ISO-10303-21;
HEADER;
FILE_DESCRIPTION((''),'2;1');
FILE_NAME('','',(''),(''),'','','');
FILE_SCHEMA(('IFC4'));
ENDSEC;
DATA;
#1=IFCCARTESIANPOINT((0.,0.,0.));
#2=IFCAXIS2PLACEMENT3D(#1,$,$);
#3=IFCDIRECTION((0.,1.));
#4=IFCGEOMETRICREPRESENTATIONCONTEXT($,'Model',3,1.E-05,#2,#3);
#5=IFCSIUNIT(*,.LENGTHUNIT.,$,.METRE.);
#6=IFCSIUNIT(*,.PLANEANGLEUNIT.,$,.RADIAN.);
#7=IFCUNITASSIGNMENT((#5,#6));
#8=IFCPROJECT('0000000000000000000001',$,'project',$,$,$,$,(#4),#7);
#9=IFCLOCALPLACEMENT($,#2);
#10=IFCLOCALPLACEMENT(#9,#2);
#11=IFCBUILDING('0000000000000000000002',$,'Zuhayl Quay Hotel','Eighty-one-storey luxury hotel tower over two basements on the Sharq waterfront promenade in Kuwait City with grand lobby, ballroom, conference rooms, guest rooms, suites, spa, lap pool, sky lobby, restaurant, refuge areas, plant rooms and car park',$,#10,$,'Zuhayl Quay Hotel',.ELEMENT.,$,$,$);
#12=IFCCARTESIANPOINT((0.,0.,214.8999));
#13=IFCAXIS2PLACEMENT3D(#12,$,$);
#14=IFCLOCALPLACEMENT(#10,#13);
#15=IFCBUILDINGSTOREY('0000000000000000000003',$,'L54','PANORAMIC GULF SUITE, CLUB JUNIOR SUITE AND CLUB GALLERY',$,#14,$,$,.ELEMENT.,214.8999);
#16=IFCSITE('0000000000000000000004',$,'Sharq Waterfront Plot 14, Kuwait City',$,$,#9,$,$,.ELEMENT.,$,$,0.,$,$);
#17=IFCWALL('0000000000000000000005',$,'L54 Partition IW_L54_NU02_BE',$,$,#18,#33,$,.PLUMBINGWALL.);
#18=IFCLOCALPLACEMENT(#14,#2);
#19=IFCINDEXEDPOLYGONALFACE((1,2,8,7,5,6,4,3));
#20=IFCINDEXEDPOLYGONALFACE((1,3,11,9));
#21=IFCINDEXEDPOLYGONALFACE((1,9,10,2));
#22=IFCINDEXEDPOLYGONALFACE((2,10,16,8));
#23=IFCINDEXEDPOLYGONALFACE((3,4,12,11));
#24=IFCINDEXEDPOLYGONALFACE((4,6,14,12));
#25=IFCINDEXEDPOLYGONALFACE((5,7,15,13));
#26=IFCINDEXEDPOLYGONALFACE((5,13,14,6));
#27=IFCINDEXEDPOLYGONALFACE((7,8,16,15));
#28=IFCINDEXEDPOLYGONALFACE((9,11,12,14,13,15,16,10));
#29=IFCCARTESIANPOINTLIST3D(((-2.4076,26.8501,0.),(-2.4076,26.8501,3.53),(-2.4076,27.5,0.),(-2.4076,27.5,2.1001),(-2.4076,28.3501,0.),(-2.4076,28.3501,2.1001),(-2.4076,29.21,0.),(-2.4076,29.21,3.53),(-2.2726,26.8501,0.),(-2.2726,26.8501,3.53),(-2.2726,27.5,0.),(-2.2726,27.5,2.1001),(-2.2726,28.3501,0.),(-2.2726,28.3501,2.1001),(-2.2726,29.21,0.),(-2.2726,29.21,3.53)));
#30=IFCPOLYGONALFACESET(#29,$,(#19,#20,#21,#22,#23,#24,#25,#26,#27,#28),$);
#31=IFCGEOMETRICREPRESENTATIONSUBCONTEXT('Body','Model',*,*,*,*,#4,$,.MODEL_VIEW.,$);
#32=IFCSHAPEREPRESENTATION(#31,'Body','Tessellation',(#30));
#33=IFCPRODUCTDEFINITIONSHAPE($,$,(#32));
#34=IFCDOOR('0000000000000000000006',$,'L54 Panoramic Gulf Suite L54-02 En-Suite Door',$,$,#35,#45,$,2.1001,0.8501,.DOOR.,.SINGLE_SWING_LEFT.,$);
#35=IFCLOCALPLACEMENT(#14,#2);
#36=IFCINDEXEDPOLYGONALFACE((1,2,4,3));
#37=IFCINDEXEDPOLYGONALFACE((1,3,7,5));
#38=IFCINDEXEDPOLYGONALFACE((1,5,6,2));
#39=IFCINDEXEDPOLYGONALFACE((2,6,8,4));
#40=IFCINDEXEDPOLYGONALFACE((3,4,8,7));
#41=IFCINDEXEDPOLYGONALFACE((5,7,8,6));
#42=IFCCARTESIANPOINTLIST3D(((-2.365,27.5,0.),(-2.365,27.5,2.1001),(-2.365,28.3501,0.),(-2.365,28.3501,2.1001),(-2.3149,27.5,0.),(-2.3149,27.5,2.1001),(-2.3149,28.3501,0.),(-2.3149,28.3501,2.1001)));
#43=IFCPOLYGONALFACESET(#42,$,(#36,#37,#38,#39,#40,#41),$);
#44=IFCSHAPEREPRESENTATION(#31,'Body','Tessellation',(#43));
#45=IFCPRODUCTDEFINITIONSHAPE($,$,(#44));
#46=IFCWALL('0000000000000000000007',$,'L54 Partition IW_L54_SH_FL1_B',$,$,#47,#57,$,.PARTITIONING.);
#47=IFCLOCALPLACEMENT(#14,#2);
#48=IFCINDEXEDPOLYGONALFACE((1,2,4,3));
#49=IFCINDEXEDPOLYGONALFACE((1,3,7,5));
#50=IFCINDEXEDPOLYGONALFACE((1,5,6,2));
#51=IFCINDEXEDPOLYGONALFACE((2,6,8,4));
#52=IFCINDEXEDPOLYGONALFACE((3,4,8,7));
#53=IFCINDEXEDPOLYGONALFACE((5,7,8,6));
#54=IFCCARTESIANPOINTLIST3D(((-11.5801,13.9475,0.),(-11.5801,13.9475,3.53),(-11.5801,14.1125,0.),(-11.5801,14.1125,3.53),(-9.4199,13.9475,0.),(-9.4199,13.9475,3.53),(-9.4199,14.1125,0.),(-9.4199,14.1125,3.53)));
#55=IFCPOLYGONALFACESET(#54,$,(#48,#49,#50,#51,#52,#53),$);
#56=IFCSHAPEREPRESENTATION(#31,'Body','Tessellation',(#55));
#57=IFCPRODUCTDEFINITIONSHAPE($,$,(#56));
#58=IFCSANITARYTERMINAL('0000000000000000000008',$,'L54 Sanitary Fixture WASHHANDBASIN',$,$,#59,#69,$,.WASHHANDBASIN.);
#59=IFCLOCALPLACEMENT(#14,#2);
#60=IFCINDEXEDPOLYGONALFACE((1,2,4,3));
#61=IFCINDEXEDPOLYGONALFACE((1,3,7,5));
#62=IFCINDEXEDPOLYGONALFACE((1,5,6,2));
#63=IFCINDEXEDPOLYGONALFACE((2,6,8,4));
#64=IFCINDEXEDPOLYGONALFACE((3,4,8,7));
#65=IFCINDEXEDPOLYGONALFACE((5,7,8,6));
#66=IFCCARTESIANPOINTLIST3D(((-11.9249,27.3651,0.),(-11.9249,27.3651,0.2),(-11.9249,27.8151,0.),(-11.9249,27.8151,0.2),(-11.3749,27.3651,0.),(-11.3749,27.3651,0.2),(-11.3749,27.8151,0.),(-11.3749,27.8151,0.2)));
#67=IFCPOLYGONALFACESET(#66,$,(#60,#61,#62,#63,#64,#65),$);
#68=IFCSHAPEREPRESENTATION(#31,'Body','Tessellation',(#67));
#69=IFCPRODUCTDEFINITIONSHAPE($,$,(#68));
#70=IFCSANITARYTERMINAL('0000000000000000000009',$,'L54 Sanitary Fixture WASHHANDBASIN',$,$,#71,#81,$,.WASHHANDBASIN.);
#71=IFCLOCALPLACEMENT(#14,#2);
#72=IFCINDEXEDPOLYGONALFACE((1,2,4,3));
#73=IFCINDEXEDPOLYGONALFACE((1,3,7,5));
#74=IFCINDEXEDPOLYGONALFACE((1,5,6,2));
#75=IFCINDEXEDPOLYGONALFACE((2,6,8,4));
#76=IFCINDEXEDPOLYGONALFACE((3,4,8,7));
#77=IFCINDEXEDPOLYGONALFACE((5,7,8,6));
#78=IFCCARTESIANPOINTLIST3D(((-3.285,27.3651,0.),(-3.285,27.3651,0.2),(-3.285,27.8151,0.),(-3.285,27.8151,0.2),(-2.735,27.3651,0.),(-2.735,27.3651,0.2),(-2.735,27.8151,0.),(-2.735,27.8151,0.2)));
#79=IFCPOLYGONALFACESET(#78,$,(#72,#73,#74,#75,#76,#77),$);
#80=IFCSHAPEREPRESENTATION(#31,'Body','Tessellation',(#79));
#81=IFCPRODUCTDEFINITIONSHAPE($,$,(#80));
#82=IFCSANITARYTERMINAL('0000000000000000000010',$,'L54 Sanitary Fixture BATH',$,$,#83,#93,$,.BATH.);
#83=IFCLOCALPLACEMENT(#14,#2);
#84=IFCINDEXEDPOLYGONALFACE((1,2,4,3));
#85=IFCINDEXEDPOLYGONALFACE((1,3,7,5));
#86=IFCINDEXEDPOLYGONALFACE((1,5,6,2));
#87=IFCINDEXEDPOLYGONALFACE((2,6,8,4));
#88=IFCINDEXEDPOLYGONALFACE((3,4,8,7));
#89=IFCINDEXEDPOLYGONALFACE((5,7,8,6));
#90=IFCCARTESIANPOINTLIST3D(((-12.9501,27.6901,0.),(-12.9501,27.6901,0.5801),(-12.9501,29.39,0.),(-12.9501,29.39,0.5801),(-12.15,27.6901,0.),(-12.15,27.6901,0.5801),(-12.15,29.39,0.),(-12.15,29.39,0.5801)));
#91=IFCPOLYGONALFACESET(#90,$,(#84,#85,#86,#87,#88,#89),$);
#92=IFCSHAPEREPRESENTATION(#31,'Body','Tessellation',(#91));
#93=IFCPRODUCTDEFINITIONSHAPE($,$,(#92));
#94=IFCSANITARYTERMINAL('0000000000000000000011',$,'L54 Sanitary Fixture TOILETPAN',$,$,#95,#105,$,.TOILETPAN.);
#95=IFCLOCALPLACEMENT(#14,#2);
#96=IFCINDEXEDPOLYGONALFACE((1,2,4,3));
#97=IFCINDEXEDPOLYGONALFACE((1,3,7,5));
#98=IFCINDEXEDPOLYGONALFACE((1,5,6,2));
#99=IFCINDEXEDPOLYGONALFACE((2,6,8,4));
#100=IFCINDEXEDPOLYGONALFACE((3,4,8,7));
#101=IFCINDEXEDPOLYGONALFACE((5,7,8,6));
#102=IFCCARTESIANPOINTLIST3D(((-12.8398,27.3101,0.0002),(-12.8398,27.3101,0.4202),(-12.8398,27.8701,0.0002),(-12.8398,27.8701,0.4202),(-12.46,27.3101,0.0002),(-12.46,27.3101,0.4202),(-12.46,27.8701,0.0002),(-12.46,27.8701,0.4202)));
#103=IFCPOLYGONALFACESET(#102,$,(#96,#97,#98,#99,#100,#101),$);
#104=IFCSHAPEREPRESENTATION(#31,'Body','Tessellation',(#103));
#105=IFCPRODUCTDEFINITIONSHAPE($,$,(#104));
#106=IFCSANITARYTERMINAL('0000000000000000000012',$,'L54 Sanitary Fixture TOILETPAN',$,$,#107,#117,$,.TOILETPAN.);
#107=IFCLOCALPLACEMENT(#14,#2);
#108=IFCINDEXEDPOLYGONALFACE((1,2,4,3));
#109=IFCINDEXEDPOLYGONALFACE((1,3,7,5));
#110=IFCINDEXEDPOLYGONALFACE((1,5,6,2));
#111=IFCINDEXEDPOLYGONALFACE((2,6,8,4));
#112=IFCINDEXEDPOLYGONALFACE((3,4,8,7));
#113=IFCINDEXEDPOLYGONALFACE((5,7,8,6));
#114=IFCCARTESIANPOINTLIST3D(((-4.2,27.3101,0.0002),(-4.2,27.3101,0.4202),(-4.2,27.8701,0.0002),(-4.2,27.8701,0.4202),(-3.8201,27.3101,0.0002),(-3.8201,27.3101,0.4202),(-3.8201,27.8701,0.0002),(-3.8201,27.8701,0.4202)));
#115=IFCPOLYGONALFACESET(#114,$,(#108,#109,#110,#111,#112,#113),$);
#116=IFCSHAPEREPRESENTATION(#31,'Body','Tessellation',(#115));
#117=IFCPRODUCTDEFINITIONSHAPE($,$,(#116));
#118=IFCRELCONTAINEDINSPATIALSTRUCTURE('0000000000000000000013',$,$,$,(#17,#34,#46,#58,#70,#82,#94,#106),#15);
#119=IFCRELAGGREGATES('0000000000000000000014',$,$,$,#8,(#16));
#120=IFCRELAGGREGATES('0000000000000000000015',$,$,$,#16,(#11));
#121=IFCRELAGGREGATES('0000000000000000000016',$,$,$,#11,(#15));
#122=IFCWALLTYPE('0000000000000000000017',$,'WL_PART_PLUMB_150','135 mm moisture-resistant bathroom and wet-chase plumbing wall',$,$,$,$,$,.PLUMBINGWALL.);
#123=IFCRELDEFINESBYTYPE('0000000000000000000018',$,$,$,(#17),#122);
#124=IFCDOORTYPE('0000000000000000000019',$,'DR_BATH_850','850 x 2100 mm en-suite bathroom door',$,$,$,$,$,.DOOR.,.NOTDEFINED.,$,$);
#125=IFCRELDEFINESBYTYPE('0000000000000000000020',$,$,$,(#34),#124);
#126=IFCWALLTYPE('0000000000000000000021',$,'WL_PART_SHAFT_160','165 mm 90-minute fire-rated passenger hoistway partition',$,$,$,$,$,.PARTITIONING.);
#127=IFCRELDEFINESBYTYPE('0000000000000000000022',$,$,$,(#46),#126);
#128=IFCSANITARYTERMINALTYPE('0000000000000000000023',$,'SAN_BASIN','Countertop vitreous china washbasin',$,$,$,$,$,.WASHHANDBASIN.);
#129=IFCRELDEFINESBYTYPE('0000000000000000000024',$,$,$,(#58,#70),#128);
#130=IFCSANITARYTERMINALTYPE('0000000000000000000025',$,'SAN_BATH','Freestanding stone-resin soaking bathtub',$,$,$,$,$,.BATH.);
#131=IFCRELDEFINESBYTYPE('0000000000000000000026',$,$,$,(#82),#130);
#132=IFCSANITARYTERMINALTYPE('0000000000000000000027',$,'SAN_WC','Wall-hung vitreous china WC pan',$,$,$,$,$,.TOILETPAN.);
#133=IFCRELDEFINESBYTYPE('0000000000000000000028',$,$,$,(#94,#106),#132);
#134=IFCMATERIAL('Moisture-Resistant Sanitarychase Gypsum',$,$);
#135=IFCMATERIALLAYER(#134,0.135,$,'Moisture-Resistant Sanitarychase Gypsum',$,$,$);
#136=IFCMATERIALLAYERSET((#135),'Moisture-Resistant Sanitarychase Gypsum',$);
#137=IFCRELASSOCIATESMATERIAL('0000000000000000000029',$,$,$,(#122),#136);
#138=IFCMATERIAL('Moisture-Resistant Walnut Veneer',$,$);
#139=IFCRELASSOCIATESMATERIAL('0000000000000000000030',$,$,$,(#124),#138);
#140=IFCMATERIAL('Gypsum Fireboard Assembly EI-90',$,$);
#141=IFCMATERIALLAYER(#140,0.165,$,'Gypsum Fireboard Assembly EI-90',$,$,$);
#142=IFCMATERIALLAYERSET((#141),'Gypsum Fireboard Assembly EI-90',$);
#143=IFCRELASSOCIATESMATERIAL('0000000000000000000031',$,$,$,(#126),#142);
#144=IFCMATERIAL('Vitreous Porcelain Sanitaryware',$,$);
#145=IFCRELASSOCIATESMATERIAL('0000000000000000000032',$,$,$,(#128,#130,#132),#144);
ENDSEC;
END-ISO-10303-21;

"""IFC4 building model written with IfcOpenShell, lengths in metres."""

from ifc_helpers import new_model, si_unit, direction, frame, frame_2d, origin, origin_2d, place, context, subcontext, project, spatial, rectangle, extrude, material, layer, layer_set, type_object, element, fill, save


model = new_model("IFC4")

# Units and contexts
model_context = context("Model", 3, precision=1e-05, world=origin(), true_north=direction((0.0, 1.0)))
body_context = subcontext(model_context, "Body", "Model", "MODEL_VIEW")
ifc_project = project(units=[si_unit("LENGTHUNIT", "METRE"), si_unit("PLANEANGLEUNIT", "RADIAN")], contexts=[model_context])

# Site, building, storey
site_placement = place(None, origin())
site = spatial("IfcSite", under=ifc_project, at=site_placement, Name="Sharq Waterfront Plot 14, Kuwait City", CompositionType="ELEMENT", RefElevation=0.0)
building_placement = place(site_placement, origin())
building = spatial("IfcBuilding", under=site, at=building_placement, Name="Zuhayl Quay Hotel", Description="Eighty-one-storey luxury hotel tower over two basements on the Sharq waterfront promenade in Kuwait City with grand lobby, ballroom, conference rooms, guest rooms, suites, spa, lap pool, sky lobby, restaurant, refuge areas, plant rooms and car park", LongName="Zuhayl Quay Hotel", CompositionType="ELEMENT")
storey_placement = place(building_placement, frame((0.0, 0.0, 214.8999)))
storey = spatial("IfcBuildingStorey", under=building, at=storey_placement, Name="L54", Description="PANORAMIC GULF SUITE, CLUB JUNIOR SUITE AND CLUB GALLERY", CompositionType="ELEMENT", Elevation=214.8999)

# Wall, opening, door
ifc_material_1 = material(Name="Moisture-Resistant Sanitarychase Gypsum")
ifc_layer_1 = layer(ifc_material_1, 0.135, Name="Moisture-Resistant Sanitarychase Gypsum")
ifc_layer_set_1 = layer_set([ifc_layer_1], Name="Moisture-Resistant Sanitarychase Gypsum")
wall_type_1 = type_object("IfcWallType", Name="WL_PART_PLUMB_150", Description="135 mm moisture-resistant bathroom and wet-chase plumbing wall", PredefinedType="PLUMBINGWALL", material=ifc_layer_set_1)
ifc_material_2 = material(Name="Moisture-Resistant Walnut Veneer")
door_type_1 = type_object("IfcDoorType", Name="DR_BATH_850", Description="850 x 2100 mm en-suite bathroom door", OperationType="NOTDEFINED", PredefinedType="DOOR", material=ifc_material_2)
wall_1_placement = place(storey_placement, frame((-2.3401, 26.8501, 0.0), z_axis=(0.0, 0.0, 1.0), x_axis=(0.0, 1.0, 0.0)))
wall_1 = element("IfcWall", 1, at=wall_1_placement, inside=storey, type_object=wall_type_1, Name="L54 Partition IW_L54_NU02_BE", PredefinedType="PLUMBINGWALL", context=body_context, shape_type="SweptSolid", body=[
    extrude(rectangle(XDim=2.3599, YDim=0.135, at=frame_2d((1.1799, 0.0))), origin(), (0.0, 0.0, 1.0), 3.53),
])
opening_1_placement = place(wall_1_placement, frame((0.6499, 0.0, 0.0)))
opening_1 = element("IfcOpeningElement", 2, at=opening_1_placement, cuts=wall_1, PredefinedType="OPENING", context=body_context, shape_type="SweptSolid", body=[
    extrude(rectangle(XDim=0.8501, YDim=2.1001, at=frame_2d((0.425, 1.05))), frame((0.0, 0.0774, 0.0), z_axis=(0.0, -1.0, 0.0), x_axis=(1.0, 0.0, 0.0)), (0.0, 0.0, 1.0), 0.155),
])
door_1_placement = place(opening_1_placement, origin())
door_1 = element("IfcDoor", 3, at=door_1_placement, inside=storey, type_object=door_type_1, Name="L54 Panoramic Gulf Suite L54-02 En-Suite Door", OperationType="SINGLE_SWING_LEFT", OverallHeight=2.1001, OverallWidth=0.8501, PredefinedType="DOOR", context=body_context, shape_type="SweptSolid", body=[
    extrude(rectangle(XDim=0.8501, YDim=2.1001, at=frame_2d((0.425, 1.05))), frame((0.0, 0.0249, 0.0), z_axis=(0.0, -1.0, 0.0), x_axis=(1.0, 0.0, 0.0)), (0.0, 0.0, 1.0), 0.05),
])
fill(opening_1, door_1)

# Wall
ifc_material_3 = material(Name="Gypsum Fireboard Assembly EI-90")
ifc_layer_2 = layer(ifc_material_3, 0.165, Name="Gypsum Fireboard Assembly EI-90")
ifc_layer_set_2 = layer_set([ifc_layer_2], Name="Gypsum Fireboard Assembly EI-90")
wall_type_2 = type_object("IfcWallType", Name="WL_PART_SHAFT_160", Description="165 mm 90-minute fire-rated passenger hoistway partition", PredefinedType="PARTITIONING", material=ifc_layer_set_2)
wall_2_placement = place(storey_placement, frame((-11.5801, 14.03, 0.0), z_axis=(0.0, 0.0, 1.0), x_axis=(1.0, 0.0, 0.0)))
element("IfcWall", 4, at=wall_2_placement, inside=storey, type_object=wall_type_2, Name="L54 Partition IW_L54_SH_FL1_B", PredefinedType="PARTITIONING", context=body_context, shape_type="SweptSolid", body=[
    extrude(rectangle(XDim=2.1602, YDim=0.165, at=frame_2d((1.0801, 0.0))), origin(), (0.0, 0.0, 1.0), 3.53),
])

# Sanitary terminals
ifc_material_4 = material(Name="Vitreous Porcelain Sanitaryware")
sanitary_terminal_type_1 = type_object("IfcSanitaryTerminalType", Name="SAN_BASIN", Description="Countertop vitreous china washbasin", PredefinedType="WASHHANDBASIN", material=ifc_material_4)
for number, where, z_axis, x_axis, name in (
    (5, (-11.6499, 27.5901, 0.0), (0.0, 0.0, 1.0), (1.0, 0.0, 0.0), "L54 Sanitary Fixture WASHHANDBASIN"),
    (6, (-3.01, 27.5901, 0.0), (0.0, 0.0, 1.0), (1.0, 0.0, 0.0), "L54 Sanitary Fixture WASHHANDBASIN"),
):
    element("IfcSanitaryTerminal", number, at=place(storey_placement, frame(where, z_axis=z_axis, x_axis=x_axis)), inside=storey, type_object=sanitary_terminal_type_1, Name=name, PredefinedType="WASHHANDBASIN", context=body_context, shape_type="SweptSolid", body=[
        extrude(rectangle(XDim=0.55, YDim=0.45, at=origin_2d()), origin(), (0.0, 0.0, 1.0), 0.2),
    ])
sanitary_terminal_type_2 = type_object("IfcSanitaryTerminalType", Name="SAN_BATH", Description="Freestanding stone-resin soaking bathtub", PredefinedType="BATH", material=ifc_material_4)
sanitary_terminal_placement = place(storey_placement, frame((-12.55, 28.54, 0.0), z_axis=(0.0, 0.0, 1.0), x_axis=(1.0, 0.0, 0.0)))
element("IfcSanitaryTerminal", 7, at=sanitary_terminal_placement, inside=storey, type_object=sanitary_terminal_type_2, Name="L54 Sanitary Fixture BATH", PredefinedType="BATH", context=body_context, shape_type="SweptSolid", body=[
    extrude(rectangle(XDim=0.8, YDim=1.7, at=origin_2d()), origin(), (0.0, 0.0, 1.0), 0.5801),
])
sanitary_terminal_type_3 = type_object("IfcSanitaryTerminalType", Name="SAN_WC", Description="Wall-hung vitreous china WC pan", PredefinedType="TOILETPAN", material=ifc_material_4)
for number, where, z_axis, x_axis, name in (
    (8, (-12.6499, 27.5901, 0.0002), (0.0, 0.0, 1.0), (1.0, 0.0, 0.0), "L54 Sanitary Fixture TOILETPAN"),
    (9, (-4.01, 27.5901, 0.0002), (0.0, 0.0, 1.0), (1.0, 0.0, 0.0), "L54 Sanitary Fixture TOILETPAN"),
):
    element("IfcSanitaryTerminal", number, at=place(storey_placement, frame(where, z_axis=z_axis, x_axis=x_axis)), inside=storey, type_object=sanitary_terminal_type_3, Name=name, PredefinedType="TOILETPAN", context=body_context, shape_type="SweptSolid", body=[
        extrude(rectangle(XDim=0.3799, YDim=0.5601, at=origin_2d()), origin(), (0.0, 0.0, 1.0), 0.4199),
    ])

save(model, "model.ifc")
